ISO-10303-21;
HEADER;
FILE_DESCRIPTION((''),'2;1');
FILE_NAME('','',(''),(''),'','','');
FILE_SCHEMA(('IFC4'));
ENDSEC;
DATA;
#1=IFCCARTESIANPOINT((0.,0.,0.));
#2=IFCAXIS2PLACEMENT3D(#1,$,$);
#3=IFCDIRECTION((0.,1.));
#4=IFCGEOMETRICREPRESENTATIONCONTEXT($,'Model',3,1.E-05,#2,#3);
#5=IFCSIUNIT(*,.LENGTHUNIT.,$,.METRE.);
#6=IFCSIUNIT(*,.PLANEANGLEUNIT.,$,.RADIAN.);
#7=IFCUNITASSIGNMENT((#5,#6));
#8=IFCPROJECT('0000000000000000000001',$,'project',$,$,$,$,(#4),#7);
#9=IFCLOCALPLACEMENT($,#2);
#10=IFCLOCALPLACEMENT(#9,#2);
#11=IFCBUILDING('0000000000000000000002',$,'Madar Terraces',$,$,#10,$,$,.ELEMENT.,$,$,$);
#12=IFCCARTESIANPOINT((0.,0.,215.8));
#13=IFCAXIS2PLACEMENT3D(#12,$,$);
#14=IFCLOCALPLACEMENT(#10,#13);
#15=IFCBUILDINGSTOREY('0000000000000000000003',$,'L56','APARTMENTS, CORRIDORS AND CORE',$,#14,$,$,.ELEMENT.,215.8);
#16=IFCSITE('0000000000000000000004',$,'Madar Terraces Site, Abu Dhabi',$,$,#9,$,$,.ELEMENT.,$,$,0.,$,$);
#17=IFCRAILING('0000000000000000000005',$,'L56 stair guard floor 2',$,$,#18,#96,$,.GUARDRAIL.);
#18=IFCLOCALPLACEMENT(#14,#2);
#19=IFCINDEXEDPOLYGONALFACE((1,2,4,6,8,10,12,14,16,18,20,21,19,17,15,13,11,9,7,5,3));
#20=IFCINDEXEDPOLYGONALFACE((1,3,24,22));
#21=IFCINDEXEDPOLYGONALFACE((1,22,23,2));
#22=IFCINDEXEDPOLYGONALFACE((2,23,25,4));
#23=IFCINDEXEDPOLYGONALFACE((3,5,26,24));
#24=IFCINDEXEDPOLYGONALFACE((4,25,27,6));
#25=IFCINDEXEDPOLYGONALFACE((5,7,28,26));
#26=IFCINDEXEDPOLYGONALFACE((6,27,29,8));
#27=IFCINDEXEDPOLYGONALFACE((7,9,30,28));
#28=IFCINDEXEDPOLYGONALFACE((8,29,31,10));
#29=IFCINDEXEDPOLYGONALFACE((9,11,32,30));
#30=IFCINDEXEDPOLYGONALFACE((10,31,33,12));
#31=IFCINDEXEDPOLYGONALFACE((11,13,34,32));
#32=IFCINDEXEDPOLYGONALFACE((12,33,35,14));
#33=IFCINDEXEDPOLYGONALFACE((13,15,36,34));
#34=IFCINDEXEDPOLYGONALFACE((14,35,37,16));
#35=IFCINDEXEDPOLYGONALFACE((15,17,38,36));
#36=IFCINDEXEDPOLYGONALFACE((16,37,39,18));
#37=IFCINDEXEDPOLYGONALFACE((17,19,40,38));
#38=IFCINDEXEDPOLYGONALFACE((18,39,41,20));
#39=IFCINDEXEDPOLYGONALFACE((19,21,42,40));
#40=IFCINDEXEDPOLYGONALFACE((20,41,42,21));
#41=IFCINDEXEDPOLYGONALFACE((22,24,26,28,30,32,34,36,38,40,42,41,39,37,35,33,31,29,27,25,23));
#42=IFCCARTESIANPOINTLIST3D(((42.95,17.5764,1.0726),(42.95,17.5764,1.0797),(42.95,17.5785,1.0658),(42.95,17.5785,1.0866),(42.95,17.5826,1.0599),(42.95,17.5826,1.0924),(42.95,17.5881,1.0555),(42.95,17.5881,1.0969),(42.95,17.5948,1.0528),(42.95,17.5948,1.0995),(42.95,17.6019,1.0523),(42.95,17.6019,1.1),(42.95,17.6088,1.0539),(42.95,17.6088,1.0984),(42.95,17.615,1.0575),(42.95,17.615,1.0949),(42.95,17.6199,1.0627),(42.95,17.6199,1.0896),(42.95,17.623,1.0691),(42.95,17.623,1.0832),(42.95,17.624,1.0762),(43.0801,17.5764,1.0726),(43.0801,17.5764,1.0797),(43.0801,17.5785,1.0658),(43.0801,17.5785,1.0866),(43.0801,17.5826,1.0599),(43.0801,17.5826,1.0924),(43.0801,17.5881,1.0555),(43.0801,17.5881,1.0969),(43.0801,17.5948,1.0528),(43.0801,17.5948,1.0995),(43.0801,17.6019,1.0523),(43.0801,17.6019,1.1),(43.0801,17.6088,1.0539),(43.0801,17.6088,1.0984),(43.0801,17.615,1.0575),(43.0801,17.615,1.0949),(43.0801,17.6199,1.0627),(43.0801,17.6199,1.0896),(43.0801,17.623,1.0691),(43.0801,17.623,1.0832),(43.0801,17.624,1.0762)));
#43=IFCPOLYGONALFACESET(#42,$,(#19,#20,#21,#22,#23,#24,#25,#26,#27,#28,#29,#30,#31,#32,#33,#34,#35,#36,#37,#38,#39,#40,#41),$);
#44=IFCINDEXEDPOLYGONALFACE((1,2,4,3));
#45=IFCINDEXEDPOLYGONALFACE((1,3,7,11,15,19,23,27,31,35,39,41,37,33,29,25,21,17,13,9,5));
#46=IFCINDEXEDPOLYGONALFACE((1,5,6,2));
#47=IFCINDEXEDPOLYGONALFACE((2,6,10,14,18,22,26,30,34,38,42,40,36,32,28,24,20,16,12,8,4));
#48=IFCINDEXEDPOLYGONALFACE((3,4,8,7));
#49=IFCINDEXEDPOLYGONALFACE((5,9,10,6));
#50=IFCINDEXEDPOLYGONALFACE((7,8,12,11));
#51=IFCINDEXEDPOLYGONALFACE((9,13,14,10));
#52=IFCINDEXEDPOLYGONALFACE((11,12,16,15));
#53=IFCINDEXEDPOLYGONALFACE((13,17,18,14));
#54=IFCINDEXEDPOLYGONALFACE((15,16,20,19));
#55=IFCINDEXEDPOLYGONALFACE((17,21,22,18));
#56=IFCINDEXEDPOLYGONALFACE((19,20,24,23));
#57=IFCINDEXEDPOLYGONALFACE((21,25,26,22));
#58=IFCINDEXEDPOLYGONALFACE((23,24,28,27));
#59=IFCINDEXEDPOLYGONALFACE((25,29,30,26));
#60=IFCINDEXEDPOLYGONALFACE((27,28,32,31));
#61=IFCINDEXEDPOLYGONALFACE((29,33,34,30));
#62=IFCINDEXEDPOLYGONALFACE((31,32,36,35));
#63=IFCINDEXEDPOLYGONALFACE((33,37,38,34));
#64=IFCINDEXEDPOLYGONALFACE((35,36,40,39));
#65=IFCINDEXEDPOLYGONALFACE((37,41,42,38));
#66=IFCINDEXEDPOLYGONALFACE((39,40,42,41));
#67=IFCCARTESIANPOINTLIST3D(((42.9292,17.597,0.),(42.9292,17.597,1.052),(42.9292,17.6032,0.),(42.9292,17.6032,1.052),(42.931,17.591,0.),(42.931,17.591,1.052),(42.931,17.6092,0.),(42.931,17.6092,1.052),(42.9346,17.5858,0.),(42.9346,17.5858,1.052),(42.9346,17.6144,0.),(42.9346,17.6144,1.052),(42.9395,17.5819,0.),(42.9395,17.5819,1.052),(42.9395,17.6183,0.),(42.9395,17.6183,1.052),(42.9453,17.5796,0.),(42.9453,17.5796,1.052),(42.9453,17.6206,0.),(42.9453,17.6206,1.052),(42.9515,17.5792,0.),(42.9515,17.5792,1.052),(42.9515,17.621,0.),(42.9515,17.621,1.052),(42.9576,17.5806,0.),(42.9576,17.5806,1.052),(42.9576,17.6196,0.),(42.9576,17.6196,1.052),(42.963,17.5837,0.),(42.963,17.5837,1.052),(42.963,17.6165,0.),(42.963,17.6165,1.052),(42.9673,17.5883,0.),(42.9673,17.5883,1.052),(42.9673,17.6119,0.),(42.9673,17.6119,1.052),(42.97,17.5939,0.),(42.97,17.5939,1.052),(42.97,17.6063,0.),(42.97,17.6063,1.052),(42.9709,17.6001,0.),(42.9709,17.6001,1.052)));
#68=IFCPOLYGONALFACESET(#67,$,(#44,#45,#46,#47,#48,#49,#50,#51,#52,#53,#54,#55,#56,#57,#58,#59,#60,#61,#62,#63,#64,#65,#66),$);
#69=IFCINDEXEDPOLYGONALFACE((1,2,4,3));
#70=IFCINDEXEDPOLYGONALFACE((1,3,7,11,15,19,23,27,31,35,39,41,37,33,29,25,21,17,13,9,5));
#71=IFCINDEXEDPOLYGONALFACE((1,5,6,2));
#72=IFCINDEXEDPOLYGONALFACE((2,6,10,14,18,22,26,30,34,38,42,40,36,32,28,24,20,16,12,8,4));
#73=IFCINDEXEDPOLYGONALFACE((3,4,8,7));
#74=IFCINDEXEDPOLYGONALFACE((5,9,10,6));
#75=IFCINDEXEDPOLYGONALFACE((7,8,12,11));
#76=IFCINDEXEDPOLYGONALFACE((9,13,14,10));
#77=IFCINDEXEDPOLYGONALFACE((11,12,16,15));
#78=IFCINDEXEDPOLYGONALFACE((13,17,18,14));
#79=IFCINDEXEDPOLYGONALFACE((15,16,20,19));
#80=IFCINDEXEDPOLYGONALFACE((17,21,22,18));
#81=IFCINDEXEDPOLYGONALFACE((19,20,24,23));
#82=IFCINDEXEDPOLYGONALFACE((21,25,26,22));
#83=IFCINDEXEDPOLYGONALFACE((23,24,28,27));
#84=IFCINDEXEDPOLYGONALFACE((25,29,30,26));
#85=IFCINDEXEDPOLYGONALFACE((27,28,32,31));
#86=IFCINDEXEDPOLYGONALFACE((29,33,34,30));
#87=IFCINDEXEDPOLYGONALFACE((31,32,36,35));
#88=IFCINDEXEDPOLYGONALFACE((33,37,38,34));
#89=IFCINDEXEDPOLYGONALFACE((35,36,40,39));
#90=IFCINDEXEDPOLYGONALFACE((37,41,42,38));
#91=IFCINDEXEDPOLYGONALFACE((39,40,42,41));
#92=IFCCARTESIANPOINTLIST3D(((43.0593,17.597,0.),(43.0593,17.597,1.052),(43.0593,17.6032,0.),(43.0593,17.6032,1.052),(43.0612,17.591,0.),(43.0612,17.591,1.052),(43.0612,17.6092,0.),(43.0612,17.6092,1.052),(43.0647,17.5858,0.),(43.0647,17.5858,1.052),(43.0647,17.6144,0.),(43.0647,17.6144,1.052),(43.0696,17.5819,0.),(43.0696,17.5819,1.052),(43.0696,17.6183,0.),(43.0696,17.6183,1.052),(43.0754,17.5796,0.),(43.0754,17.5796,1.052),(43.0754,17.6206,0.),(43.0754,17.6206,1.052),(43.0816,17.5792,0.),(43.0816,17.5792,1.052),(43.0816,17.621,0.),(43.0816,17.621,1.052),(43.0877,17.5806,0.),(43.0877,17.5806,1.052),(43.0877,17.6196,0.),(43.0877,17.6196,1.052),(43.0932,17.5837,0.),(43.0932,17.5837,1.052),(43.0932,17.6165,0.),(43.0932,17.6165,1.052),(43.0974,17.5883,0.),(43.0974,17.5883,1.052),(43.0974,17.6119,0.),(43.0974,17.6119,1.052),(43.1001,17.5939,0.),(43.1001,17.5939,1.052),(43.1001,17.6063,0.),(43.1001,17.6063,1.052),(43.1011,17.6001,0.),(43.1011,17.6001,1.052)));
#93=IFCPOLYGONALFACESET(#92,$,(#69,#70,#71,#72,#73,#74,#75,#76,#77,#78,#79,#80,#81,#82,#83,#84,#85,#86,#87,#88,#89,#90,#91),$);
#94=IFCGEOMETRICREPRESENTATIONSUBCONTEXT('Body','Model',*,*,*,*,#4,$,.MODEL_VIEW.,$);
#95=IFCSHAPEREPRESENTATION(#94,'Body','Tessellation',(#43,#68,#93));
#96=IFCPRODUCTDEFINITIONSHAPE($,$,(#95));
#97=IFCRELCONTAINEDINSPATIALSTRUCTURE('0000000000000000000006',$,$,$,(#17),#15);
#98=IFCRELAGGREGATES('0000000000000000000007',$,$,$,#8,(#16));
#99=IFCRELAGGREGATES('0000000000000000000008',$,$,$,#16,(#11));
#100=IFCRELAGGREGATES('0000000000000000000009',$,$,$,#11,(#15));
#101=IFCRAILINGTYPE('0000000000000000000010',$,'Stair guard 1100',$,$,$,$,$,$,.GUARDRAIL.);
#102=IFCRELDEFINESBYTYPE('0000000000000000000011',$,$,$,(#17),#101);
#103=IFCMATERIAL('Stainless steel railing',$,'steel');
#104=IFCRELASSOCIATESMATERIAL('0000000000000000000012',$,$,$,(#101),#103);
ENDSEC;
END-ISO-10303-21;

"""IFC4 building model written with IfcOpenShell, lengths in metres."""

from ifc_helpers import new_model, si_unit, direction, frame, origin, origin_2d, place, context, subcontext, project, spatial, circle, extrude, material, type_object, element, save


model = new_model("IFC4")

# Units and contexts
model_context = context("Model", 3, precision=1e-05, world=origin(), true_north=direction((0.0, 1.0)))
body_context = subcontext(model_context, "Body", "Model", "MODEL_VIEW")
ifc_project = project(units=[si_unit("LENGTHUNIT", "METRE"), si_unit("PLANEANGLEUNIT", "RADIAN")], contexts=[model_context])

# Site, building, storey
site_placement = place(None, origin())
site = spatial("IfcSite", under=ifc_project, at=site_placement, Name="Madar Terraces Site, Abu Dhabi", CompositionType="ELEMENT", RefElevation=0.0)
building_placement = place(site_placement, origin())
building = spatial("IfcBuilding", under=site, at=building_placement, Name="Madar Terraces", CompositionType="ELEMENT")
storey_placement = place(building_placement, frame((0.0, 0.0, 215.8)))
storey = spatial("IfcBuildingStorey", under=building, at=storey_placement, Name="L56", Description="APARTMENTS, CORRIDORS AND CORE", CompositionType="ELEMENT", Elevation=215.8)

# Railing
ifc_material_1 = material(Name="Stainless steel railing", Category="steel")
railing_type_1 = type_object("IfcRailingType", Name="Stair guard 1100", PredefinedType="GUARDRAIL", material=ifc_material_1)
railing_1_placement = place(storey_placement, frame((42.95, 17.6001, 0.0)))
element("IfcRailing", 1, at=railing_1_placement, inside=storey, type_object=railing_type_1, Name="L56 stair guard floor 2", PredefinedType="GUARDRAIL", context=body_context, shape_type="SweptSolid", body=[
    extrude(circle(Radius=0.0239, at=origin_2d()), frame((0.0, 0.0, 1.0762), z_axis=(1.0, 0.0, 0.0), x_axis=(0.0, 1.0, 0.0)), (0.0, 0.0, 1.0), 0.1301),
    extrude(circle(Radius=0.021, at=origin_2d()), origin(), (0.0, 0.0, 1.0), 1.052),
    extrude(circle(Radius=0.021, at=origin_2d()), frame((0.1301, 0.0, 0.0)), (0.0, 0.0, 1.0), 1.052),
])

save(model, "model.ifc")
